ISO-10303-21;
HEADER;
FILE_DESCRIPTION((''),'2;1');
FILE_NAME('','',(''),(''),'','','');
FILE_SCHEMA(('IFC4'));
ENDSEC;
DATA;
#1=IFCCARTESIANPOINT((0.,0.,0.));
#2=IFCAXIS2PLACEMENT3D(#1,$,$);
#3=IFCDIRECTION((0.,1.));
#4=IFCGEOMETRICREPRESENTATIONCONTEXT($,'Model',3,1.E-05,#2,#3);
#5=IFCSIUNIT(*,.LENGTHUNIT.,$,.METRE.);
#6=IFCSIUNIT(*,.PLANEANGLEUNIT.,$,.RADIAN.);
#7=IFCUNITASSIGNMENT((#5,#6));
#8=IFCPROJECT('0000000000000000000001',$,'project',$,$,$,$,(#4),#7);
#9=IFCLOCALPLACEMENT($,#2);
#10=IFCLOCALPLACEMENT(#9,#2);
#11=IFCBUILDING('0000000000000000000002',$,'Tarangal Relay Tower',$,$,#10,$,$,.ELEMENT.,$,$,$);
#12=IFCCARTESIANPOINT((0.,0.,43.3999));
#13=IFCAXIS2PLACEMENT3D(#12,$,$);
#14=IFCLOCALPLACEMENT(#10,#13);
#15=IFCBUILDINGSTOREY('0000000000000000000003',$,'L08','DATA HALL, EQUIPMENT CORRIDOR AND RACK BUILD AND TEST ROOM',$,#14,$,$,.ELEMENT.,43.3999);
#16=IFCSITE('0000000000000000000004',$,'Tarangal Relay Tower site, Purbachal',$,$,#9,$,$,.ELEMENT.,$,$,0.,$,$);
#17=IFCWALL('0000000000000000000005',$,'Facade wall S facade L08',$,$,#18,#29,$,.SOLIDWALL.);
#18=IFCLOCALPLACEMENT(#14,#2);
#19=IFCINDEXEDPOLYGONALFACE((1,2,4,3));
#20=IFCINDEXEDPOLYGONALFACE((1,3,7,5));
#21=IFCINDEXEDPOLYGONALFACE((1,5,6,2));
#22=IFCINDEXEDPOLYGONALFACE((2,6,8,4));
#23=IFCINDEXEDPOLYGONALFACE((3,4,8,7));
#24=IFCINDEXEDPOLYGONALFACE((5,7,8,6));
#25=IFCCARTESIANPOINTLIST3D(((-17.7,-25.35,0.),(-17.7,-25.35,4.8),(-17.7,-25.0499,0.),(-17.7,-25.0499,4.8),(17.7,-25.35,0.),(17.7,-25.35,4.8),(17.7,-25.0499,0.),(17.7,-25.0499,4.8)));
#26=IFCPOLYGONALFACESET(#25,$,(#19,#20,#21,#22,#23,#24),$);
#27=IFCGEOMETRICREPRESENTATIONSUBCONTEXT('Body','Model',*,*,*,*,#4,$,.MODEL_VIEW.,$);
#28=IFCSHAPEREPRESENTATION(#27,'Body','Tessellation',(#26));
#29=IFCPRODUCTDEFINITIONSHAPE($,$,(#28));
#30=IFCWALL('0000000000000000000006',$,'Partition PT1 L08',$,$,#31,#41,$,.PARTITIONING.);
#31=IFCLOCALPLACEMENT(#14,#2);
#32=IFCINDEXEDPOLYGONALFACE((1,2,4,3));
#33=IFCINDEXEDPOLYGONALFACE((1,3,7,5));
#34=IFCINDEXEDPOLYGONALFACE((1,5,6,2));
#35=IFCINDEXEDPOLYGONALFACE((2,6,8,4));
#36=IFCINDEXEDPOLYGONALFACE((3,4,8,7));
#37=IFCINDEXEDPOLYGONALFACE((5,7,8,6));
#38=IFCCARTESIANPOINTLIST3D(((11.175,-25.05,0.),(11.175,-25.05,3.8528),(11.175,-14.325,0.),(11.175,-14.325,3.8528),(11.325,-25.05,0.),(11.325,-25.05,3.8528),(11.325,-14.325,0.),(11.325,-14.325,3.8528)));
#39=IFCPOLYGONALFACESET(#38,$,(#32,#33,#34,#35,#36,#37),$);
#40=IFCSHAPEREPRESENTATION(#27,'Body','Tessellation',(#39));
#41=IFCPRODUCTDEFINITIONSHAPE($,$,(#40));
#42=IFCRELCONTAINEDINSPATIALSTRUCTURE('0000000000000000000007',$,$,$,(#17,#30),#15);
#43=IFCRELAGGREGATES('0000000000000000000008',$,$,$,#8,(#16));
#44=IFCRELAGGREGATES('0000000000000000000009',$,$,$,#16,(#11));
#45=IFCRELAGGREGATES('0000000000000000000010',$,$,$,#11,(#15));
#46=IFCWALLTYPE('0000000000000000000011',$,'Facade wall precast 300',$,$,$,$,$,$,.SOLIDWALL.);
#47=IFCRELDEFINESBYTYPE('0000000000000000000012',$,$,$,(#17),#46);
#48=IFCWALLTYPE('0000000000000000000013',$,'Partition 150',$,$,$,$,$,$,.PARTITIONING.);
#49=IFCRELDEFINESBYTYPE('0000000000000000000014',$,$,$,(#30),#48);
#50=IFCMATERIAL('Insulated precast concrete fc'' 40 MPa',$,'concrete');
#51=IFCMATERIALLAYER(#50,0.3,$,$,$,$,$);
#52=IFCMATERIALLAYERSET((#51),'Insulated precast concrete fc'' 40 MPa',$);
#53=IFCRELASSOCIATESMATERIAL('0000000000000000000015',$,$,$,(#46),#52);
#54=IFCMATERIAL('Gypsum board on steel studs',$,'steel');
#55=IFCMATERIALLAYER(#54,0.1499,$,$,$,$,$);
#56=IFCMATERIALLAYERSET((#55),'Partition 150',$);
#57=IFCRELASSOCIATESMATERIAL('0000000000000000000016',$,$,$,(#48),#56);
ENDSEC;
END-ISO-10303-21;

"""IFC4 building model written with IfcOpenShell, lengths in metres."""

from ifc_helpers import new_model, si_unit, direction, frame, frame_2d, origin, place, context, subcontext, project, spatial, rectangle, extrude, material, layer, layer_set, type_object, element, save


model = new_model("IFC4")

# Units and contexts
model_context = context("Model", 3, precision=1e-05, world=origin(), true_north=direction((0.0, 1.0)))
body_context = subcontext(model_context, "Body", "Model", "MODEL_VIEW")
ifc_project = project(units=[si_unit("LENGTHUNIT", "METRE"), si_unit("PLANEANGLEUNIT", "RADIAN")], contexts=[model_context])

# Site, building, storey
site_placement = place(None, origin())
site = spatial("IfcSite", under=ifc_project, at=site_placement, Name="Tarangal Relay Tower site, Purbachal", CompositionType="ELEMENT", RefElevation=0.0)
building_placement = place(site_placement, origin())
building = spatial("IfcBuilding", under=site, at=building_placement, Name="Tarangal Relay Tower", CompositionType="ELEMENT")
storey_placement = place(building_placement, frame((0.0, 0.0, 43.3999)))
storey = spatial("IfcBuildingStorey", under=building, at=storey_placement, Name="L08", Description="DATA HALL, EQUIPMENT CORRIDOR AND RACK BUILD AND TEST ROOM", CompositionType="ELEMENT", Elevation=43.3999)

# Shared definitions
ifc_material_1 = material(Name="Insulated precast concrete fc' 40 MPa", Category="concrete")
ifc_layer_1 = layer(ifc_material_1, 0.3)
ifc_layer_set_1 = layer_set([ifc_layer_1], Name="Insulated precast concrete fc' 40 MPa")
wall_type_1 = type_object("IfcWallType", Name="Facade wall precast 300", PredefinedType="SOLIDWALL", material=ifc_layer_set_1)

# Walls
wall_1_placement = place(storey_placement, frame((17.7, -25.2, 0.0), z_axis=(0.0, 0.0, 1.0), x_axis=(-1.0, 0.0, 0.0)))
element("IfcWall", 1, at=wall_1_placement, inside=storey, type_object=wall_type_1, Name="Facade wall S facade L08", PredefinedType="SOLIDWALL", context=body_context, shape_type="SweptSolid", body=[
    extrude(rectangle(XDim=35.3999, YDim=0.3, at=frame_2d((17.7, 0.0))), origin(), (0.0, 0.0, 1.0), 4.8),
])
ifc_material_2 = material(Name="Gypsum board on steel studs", Category="steel")
ifc_layer_2 = layer(ifc_material_2, 0.1499)
ifc_layer_set_2 = layer_set([ifc_layer_2], Name="Partition 150")
wall_type_2 = type_object("IfcWallType", Name="Partition 150", PredefinedType="PARTITIONING", material=ifc_layer_set_2)
wall_2_placement = place(storey_placement, frame((11.25, -25.05, 0.0), z_axis=(0.0, 0.0, 1.0), x_axis=(0.0, 1.0, 0.0)))
element("IfcWall", 2, at=wall_2_placement, inside=storey, type_object=wall_type_2, Name="Partition PT1 L08", PredefinedType="PARTITIONING", context=body_context, shape_type="SweptSolid", body=[
    extrude(rectangle(XDim=10.7251, YDim=0.1499, at=frame_2d((5.3625, 0.0))), origin(), (0.0, 0.0, 1.0), 3.8528),
])

save(model, "model.ifc")
